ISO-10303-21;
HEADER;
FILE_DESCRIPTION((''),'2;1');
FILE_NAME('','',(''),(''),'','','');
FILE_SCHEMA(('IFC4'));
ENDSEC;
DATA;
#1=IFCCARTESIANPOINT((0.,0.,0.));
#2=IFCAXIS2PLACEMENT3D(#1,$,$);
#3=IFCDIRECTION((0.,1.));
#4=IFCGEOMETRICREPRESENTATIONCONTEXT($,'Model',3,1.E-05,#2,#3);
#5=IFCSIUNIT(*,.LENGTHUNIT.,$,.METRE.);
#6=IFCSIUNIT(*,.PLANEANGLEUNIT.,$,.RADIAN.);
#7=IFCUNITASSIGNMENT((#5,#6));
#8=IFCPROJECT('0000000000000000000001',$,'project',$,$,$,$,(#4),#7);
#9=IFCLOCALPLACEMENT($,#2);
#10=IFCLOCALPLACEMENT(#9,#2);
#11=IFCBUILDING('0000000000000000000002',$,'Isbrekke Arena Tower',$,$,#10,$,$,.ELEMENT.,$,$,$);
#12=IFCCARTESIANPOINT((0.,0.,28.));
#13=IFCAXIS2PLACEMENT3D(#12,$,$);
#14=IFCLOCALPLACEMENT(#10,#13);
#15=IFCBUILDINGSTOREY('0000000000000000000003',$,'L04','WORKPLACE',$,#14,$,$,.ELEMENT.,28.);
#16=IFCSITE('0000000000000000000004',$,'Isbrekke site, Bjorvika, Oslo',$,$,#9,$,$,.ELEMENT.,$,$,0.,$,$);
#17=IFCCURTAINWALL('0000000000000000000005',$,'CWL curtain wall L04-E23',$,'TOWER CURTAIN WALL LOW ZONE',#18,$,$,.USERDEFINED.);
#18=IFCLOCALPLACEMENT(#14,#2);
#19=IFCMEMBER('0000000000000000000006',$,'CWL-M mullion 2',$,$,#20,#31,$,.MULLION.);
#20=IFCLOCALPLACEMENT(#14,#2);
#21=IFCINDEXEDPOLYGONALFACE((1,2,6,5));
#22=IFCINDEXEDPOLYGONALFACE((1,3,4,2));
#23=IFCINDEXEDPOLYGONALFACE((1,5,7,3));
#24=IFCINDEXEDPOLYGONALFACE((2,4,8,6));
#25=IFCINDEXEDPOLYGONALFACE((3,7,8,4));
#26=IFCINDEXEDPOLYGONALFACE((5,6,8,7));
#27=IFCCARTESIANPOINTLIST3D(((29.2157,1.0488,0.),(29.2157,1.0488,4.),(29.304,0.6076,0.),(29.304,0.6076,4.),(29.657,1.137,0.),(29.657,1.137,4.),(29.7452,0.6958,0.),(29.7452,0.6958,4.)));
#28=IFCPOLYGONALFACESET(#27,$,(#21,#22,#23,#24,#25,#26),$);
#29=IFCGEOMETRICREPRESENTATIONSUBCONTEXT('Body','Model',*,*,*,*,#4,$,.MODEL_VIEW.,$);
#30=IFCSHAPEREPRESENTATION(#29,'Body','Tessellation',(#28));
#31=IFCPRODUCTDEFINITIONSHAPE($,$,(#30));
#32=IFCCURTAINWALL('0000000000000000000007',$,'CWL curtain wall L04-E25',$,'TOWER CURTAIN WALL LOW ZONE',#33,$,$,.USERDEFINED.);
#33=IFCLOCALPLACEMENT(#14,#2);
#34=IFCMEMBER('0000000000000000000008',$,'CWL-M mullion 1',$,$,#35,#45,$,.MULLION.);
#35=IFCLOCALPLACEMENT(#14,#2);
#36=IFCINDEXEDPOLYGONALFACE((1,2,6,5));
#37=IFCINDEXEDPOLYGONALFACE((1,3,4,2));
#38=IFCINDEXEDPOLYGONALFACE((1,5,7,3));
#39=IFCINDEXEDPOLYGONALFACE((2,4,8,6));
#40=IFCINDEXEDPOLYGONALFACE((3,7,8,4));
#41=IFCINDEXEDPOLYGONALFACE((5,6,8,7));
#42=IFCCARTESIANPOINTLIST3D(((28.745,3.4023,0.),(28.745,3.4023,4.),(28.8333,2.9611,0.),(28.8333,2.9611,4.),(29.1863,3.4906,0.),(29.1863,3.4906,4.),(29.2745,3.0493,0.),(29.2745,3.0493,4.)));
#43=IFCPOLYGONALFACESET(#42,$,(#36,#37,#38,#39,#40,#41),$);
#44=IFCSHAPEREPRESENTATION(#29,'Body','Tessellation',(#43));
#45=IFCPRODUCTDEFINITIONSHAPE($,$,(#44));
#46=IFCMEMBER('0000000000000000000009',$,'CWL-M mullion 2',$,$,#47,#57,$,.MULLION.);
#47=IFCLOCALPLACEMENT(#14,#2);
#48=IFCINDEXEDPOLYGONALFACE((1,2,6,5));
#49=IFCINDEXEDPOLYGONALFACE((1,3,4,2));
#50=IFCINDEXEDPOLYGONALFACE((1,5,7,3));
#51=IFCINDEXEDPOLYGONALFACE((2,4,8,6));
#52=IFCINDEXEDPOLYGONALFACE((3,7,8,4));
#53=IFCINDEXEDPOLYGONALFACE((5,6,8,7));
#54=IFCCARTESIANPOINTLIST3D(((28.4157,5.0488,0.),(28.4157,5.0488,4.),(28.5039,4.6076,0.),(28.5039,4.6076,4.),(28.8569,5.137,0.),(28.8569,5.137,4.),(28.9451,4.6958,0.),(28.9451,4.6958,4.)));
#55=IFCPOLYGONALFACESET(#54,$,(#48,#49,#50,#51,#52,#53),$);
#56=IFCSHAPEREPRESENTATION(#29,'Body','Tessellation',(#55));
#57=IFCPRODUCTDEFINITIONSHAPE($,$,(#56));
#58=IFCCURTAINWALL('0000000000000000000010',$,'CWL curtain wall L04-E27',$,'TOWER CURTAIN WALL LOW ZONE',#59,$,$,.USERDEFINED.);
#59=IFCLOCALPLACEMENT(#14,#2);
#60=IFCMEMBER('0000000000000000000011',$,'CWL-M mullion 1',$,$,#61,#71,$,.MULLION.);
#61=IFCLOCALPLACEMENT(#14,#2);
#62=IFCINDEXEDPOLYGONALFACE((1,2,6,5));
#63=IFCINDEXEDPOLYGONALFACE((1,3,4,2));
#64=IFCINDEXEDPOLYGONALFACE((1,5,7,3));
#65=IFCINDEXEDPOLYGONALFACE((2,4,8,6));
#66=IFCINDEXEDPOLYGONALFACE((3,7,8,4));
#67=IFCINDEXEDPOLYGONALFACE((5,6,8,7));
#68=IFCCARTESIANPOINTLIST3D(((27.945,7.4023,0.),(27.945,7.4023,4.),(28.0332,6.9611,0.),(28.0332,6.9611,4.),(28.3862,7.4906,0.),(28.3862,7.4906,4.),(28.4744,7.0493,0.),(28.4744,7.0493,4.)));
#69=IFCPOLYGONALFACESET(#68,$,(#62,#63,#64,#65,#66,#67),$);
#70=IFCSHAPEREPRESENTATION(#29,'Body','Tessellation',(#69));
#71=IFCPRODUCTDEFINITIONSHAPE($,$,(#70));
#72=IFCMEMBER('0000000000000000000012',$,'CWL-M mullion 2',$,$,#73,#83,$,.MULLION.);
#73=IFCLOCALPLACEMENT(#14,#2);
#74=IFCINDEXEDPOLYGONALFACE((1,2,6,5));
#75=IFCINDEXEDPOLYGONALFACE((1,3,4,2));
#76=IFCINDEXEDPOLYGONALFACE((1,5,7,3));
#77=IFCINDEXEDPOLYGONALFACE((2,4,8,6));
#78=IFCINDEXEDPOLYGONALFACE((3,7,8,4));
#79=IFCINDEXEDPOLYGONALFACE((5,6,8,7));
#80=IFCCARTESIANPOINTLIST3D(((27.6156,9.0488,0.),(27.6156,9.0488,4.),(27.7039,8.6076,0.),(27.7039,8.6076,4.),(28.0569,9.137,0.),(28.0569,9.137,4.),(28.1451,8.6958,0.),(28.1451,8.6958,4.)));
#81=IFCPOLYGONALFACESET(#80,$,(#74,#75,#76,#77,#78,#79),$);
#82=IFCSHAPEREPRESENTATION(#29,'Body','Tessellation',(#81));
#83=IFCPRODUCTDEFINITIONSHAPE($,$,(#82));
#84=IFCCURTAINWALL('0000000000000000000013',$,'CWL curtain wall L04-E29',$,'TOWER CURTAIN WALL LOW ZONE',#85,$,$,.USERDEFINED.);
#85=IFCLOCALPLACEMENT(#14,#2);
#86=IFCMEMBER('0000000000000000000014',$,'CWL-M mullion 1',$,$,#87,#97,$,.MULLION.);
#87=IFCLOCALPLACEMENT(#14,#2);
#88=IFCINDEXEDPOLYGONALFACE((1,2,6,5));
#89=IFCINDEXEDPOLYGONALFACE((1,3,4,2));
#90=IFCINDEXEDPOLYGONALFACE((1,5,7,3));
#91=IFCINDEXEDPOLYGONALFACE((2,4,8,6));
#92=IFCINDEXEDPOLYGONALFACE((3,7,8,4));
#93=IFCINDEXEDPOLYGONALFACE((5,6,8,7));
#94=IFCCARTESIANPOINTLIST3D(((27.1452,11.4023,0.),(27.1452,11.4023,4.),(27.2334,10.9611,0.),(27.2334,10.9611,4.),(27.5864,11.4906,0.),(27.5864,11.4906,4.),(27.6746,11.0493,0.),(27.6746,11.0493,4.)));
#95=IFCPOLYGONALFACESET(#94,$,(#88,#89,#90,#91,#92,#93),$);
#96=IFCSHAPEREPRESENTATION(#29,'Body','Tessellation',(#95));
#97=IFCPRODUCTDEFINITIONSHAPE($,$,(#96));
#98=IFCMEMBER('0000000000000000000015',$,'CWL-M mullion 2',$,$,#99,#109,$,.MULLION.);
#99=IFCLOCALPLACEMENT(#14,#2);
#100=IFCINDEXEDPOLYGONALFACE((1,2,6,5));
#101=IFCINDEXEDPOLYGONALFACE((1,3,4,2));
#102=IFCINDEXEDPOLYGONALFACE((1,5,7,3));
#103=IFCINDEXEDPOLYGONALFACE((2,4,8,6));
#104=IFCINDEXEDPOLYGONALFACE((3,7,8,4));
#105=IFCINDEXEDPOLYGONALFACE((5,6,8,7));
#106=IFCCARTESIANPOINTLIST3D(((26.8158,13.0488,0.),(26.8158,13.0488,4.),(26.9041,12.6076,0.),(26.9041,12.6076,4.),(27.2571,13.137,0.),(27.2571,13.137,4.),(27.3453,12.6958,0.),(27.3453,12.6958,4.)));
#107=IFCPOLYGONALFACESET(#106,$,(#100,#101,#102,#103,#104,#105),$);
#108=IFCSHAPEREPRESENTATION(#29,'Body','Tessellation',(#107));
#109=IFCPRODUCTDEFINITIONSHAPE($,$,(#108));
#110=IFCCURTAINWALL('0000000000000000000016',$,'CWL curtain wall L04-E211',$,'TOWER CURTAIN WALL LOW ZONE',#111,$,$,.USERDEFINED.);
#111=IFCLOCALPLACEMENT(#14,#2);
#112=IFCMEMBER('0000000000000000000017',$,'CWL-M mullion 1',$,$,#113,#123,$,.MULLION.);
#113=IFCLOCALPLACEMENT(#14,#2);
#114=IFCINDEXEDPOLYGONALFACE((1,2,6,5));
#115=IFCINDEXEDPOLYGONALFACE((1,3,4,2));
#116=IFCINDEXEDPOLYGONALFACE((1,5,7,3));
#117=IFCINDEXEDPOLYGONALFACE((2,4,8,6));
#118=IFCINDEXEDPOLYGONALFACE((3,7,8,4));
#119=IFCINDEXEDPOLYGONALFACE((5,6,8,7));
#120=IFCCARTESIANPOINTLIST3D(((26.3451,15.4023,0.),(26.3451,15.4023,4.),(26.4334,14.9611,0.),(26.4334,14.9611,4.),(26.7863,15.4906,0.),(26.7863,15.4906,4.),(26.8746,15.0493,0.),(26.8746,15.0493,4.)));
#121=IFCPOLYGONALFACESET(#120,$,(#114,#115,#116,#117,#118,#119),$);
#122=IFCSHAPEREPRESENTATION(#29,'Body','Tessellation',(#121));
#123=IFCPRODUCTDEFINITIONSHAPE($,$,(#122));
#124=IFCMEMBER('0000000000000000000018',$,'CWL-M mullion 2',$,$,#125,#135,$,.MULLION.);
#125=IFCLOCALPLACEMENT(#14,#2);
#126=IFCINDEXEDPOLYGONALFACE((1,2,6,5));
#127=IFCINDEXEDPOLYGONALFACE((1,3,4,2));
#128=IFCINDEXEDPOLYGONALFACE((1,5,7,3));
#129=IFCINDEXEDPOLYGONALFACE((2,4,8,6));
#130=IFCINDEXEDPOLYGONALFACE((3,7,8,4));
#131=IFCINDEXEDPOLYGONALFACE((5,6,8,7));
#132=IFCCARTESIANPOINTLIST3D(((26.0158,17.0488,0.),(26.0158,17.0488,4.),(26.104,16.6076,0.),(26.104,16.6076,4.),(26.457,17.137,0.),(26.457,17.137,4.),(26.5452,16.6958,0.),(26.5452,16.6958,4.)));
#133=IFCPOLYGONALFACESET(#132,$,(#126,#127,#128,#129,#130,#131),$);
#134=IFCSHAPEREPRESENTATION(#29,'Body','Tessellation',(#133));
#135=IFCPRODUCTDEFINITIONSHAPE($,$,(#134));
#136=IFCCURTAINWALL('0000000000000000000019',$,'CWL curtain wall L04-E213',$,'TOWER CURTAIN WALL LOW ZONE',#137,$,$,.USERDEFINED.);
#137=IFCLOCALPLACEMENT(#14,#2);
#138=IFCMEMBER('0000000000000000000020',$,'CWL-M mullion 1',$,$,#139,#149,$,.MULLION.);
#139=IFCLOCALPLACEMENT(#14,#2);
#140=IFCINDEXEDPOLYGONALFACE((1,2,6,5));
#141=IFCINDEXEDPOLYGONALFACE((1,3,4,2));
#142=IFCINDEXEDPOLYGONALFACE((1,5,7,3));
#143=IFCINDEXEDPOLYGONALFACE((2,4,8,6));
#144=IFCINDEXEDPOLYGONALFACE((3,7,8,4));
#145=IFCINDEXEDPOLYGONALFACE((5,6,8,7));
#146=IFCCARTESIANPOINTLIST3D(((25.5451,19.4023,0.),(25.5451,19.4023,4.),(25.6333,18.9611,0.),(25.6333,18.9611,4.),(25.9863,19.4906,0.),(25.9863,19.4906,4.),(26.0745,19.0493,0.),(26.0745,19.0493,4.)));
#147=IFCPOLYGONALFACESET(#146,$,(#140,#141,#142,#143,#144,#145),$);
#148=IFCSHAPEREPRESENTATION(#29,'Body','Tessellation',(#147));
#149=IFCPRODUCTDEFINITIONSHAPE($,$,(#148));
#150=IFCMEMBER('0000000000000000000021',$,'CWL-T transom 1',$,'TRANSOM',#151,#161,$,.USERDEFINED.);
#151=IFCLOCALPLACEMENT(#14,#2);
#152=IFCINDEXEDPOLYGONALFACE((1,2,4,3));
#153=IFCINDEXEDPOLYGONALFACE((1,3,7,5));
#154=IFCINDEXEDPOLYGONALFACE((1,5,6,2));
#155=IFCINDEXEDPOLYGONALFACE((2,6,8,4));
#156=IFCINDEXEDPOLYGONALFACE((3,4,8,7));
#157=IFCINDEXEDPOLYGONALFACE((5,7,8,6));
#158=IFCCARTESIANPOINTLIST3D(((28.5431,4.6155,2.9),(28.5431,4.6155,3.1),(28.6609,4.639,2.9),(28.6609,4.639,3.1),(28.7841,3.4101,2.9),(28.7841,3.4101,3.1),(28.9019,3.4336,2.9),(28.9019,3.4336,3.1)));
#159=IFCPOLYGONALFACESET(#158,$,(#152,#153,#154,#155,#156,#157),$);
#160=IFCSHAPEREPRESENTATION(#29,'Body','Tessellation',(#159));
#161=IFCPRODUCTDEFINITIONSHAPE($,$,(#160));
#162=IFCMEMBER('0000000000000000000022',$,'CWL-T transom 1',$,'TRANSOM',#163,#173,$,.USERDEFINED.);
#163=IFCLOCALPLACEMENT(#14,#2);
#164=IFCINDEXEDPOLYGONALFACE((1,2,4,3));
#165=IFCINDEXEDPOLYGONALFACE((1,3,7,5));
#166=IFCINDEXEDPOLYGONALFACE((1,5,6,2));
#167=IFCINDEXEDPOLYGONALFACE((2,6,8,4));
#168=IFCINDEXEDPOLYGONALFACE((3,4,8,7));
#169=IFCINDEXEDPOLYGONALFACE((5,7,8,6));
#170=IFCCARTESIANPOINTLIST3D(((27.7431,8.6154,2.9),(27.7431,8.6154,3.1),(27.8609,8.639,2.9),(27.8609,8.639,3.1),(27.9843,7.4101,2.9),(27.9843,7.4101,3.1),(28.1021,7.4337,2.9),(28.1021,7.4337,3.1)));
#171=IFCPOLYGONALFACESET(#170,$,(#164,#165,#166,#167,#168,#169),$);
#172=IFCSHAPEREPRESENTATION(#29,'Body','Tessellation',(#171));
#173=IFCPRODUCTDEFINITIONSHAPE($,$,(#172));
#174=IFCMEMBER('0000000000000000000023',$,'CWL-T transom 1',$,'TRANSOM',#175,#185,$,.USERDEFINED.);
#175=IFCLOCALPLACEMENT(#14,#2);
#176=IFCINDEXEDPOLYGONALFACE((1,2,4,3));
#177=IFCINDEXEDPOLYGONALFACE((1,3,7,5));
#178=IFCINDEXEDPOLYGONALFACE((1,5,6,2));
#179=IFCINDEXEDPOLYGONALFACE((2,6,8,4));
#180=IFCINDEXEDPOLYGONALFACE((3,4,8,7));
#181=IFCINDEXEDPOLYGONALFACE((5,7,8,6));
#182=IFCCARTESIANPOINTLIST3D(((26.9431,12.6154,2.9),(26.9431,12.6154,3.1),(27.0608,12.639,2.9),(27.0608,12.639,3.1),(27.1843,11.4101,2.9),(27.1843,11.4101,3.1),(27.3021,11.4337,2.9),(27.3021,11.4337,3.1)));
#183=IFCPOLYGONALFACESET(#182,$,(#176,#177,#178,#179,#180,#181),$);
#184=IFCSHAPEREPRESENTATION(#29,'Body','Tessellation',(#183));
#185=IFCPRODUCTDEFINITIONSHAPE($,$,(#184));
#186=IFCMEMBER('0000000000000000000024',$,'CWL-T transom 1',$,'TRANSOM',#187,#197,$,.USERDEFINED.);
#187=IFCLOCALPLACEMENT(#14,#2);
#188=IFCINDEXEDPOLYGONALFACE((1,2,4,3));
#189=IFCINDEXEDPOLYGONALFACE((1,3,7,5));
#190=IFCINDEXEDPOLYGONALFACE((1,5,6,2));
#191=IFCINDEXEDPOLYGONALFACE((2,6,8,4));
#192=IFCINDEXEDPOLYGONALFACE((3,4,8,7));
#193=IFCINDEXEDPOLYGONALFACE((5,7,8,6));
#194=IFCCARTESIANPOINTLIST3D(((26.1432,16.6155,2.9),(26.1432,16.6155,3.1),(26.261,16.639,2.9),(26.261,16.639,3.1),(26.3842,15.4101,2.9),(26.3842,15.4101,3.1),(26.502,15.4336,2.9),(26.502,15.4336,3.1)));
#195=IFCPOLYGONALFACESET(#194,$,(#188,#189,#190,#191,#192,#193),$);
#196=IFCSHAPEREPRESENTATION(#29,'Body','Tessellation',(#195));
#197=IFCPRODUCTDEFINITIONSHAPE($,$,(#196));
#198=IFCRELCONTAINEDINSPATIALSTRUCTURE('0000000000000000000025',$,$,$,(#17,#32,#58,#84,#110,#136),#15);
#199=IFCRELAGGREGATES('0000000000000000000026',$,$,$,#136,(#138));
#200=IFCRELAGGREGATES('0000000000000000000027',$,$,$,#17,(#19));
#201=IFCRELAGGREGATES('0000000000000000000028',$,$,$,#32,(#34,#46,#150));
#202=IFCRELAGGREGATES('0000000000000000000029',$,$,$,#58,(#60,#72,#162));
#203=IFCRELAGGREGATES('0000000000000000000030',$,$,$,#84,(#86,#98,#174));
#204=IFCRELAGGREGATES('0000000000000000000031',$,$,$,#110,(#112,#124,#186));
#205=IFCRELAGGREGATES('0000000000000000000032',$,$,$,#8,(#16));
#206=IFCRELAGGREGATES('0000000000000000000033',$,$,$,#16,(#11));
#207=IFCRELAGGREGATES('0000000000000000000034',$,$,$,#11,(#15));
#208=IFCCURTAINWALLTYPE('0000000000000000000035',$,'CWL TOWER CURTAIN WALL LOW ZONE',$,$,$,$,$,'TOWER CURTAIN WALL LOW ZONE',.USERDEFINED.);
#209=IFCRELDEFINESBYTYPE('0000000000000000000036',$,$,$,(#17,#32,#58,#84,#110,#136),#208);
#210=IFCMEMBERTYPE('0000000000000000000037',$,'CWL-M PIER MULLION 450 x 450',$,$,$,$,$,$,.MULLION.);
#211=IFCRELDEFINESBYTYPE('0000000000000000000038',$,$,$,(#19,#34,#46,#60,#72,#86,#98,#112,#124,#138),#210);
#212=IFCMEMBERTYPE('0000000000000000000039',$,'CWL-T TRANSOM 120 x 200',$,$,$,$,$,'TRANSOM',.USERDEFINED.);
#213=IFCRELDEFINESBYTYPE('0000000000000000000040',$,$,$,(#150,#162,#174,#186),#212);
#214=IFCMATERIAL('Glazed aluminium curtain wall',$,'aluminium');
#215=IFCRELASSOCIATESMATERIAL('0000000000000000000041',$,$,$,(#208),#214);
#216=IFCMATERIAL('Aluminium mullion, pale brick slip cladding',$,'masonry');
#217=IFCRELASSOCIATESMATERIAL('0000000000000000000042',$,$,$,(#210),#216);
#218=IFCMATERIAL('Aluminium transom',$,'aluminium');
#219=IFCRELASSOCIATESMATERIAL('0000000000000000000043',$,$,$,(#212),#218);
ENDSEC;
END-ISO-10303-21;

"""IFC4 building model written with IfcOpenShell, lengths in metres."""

from ifc_helpers import new_model, si_unit, direction, frame, origin, origin_2d, place, context, subcontext, project, spatial, rectangle, extrude, material, material_profile, profile_set, type_object, element, aggregate, save


model = new_model("IFC4")

# Units and contexts
model_context = context("Model", 3, precision=1e-05, world=origin(), true_north=direction((0.0, 1.0)))
body_context = subcontext(model_context, "Body", "Model", "MODEL_VIEW")
ifc_project = project(units=[si_unit("LENGTHUNIT", "METRE"), si_unit("PLANEANGLEUNIT", "RADIAN")], contexts=[model_context])

# Site, building, storey
site_placement = place(None, origin())
site = spatial("IfcSite", under=ifc_project, at=site_placement, Name="Isbrekke site, Bjorvika, Oslo", CompositionType="ELEMENT", RefElevation=0.0)
building_placement = place(site_placement, origin())
building = spatial("IfcBuilding", under=site, at=building_placement, Name="Isbrekke Arena Tower", CompositionType="ELEMENT")
storey_placement = place(building_placement, frame((0.0, 0.0, 28.0)))
storey = spatial("IfcBuildingStorey", under=building, at=storey_placement, Name="L04", Description="WORKPLACE", CompositionType="ELEMENT", Elevation=28.0)

# Curtain wall, member
ifc_material_1 = material(Name="Glazed aluminium curtain wall", Category="aluminium")
curtain_wall_type = type_object("IfcCurtainWallType", Name="CWL TOWER CURTAIN WALL LOW ZONE", ElementType="TOWER CURTAIN WALL LOW ZONE", PredefinedType="USERDEFINED", material=ifc_material_1)
curtain_wall_1_placement = place(storey_placement, origin())
curtain_wall_1 = element("IfcCurtainWall", 1, at=curtain_wall_1_placement, inside=storey, type_object=curtain_wall_type, Name="CWL curtain wall L04-E23", ObjectType="TOWER CURTAIN WALL LOW ZONE", PredefinedType="USERDEFINED")
ifc_material_2 = material(Name="Aluminium mullion, pale brick slip cladding", Category="masonry")
ifc_material_profile_1 = material_profile(ifc_material_2, rectangle(XDim=0.45, YDim=0.45, at=origin_2d()), Name="PIER 450X450")
ifc_profile_set_1 = profile_set([ifc_material_profile_1], Name="Aluminium mullion, pale brick slip cladding")
member_type_1 = type_object("IfcMemberType", Name="CWL-M PIER MULLION 450 x 450", PredefinedType="MULLION", material=ifc_profile_set_1)
member_1_placement = place(storey_placement, frame((29.4805, 0.8723, 0.0), z_axis=(0.0, 0.0, 1.0), x_axis=(-0.196116, 0.980581, 0.0)))
member_1 = element("IfcMember", 2, at=member_1_placement, type_object=member_type_1, Name="CWL-M mullion 2", PredefinedType="MULLION", context=body_context, shape_type="SweptSolid", body=[
    extrude(rectangle(XDim=0.45, YDim=0.45, at=origin_2d()), origin(), (0.0, 0.0, 1.0), 4.0),
])

# Curtain walls, members
curtain_wall_2_placement = place(storey_placement, origin())
curtain_wall_2 = element("IfcCurtainWall", 3, at=curtain_wall_2_placement, inside=storey, type_object=curtain_wall_type, Name="CWL curtain wall L04-E25", ObjectType="TOWER CURTAIN WALL LOW ZONE", PredefinedType="USERDEFINED")
member_2_placement = place(storey_placement, frame((29.0098, 3.2258, 0.0), z_axis=(0.0, 0.0, 1.0), x_axis=(-0.196116, 0.980581, 0.0)))
member_2 = element("IfcMember", 4, at=member_2_placement, type_object=member_type_1, Name="CWL-M mullion 1", PredefinedType="MULLION", context=body_context, shape_type="SweptSolid", body=[
    extrude(rectangle(XDim=0.45, YDim=0.45, at=origin_2d()), origin(), (0.0, 0.0, 1.0), 4.0),
])
member_3_placement = place(storey_placement, frame((28.6804, 4.8723, 0.0), z_axis=(0.0, 0.0, 1.0), x_axis=(-0.196116, 0.980581, 0.0)))
member_3 = element("IfcMember", 5, at=member_3_placement, type_object=member_type_1, Name="CWL-M mullion 2", PredefinedType="MULLION", context=body_context, shape_type="SweptSolid", body=[
    extrude(rectangle(XDim=0.45, YDim=0.45, at=origin_2d()), origin(), (0.0, 0.0, 1.0), 4.0),
])
curtain_wall_3_placement = place(storey_placement, origin())
curtain_wall_3 = element("IfcCurtainWall", 6, at=curtain_wall_3_placement, inside=storey, type_object=curtain_wall_type, Name="CWL curtain wall L04-E27", ObjectType="TOWER CURTAIN WALL LOW ZONE", PredefinedType="USERDEFINED")
member_4_placement = place(storey_placement, frame((28.2097, 7.2258, 0.0), z_axis=(0.0, 0.0, 1.0), x_axis=(-0.196116, 0.980581, 0.0)))
member_4 = element("IfcMember", 7, at=member_4_placement, type_object=member_type_1, Name="CWL-M mullion 1", PredefinedType="MULLION", context=body_context, shape_type="SweptSolid", body=[
    extrude(rectangle(XDim=0.45, YDim=0.45, at=origin_2d()), origin(), (0.0, 0.0, 1.0), 4.0),
])
member_5_placement = place(storey_placement, frame((27.8804, 8.8723, 0.0), z_axis=(0.0, 0.0, 1.0), x_axis=(-0.196116, 0.980581, 0.0)))
member_5 = element("IfcMember", 8, at=member_5_placement, type_object=member_type_1, Name="CWL-M mullion 2", PredefinedType="MULLION", context=body_context, shape_type="SweptSolid", body=[
    extrude(rectangle(XDim=0.45, YDim=0.45, at=origin_2d()), origin(), (0.0, 0.0, 1.0), 4.0),
])
curtain_wall_4_placement = place(storey_placement, origin())
curtain_wall_4 = element("IfcCurtainWall", 9, at=curtain_wall_4_placement, inside=storey, type_object=curtain_wall_type, Name="CWL curtain wall L04-E29", ObjectType="TOWER CURTAIN WALL LOW ZONE", PredefinedType="USERDEFINED")
member_6_placement = place(storey_placement, frame((27.4099, 11.2258, 0.0), z_axis=(0.0, 0.0, 1.0), x_axis=(-0.196116, 0.980581, 0.0)))
member_6 = element("IfcMember", 10, at=member_6_placement, type_object=member_type_1, Name="CWL-M mullion 1", PredefinedType="MULLION", context=body_context, shape_type="SweptSolid", body=[
    extrude(rectangle(XDim=0.45, YDim=0.45, at=origin_2d()), origin(), (0.0, 0.0, 1.0), 4.0),
])
member_7_placement = place(storey_placement, frame((27.0806, 12.8723, 0.0), z_axis=(0.0, 0.0, 1.0), x_axis=(-0.196116, 0.980581, 0.0)))
member_7 = element("IfcMember", 11, at=member_7_placement, type_object=member_type_1, Name="CWL-M mullion 2", PredefinedType="MULLION", context=body_context, shape_type="SweptSolid", body=[
    extrude(rectangle(XDim=0.45, YDim=0.45, at=origin_2d()), origin(), (0.0, 0.0, 1.0), 4.0),
])
curtain_wall_5_placement = place(storey_placement, origin())
curtain_wall_5 = element("IfcCurtainWall", 12, at=curtain_wall_5_placement, inside=storey, type_object=curtain_wall_type, Name="CWL curtain wall L04-E211", ObjectType="TOWER CURTAIN WALL LOW ZONE", PredefinedType="USERDEFINED")
member_8_placement = place(storey_placement, frame((26.6099, 15.2258, 0.0), z_axis=(0.0, 0.0, 1.0), x_axis=(-0.196116, 0.980581, 0.0)))
member_8 = element("IfcMember", 13, at=member_8_placement, type_object=member_type_1, Name="CWL-M mullion 1", PredefinedType="MULLION", context=body_context, shape_type="SweptSolid", body=[
    extrude(rectangle(XDim=0.45, YDim=0.45, at=origin_2d()), origin(), (0.0, 0.0, 1.0), 4.0),
])
member_9_placement = place(storey_placement, frame((26.2805, 16.8723, 0.0), z_axis=(0.0, 0.0, 1.0), x_axis=(-0.196116, 0.980581, 0.0)))
member_9 = element("IfcMember", 14, at=member_9_placement, type_object=member_type_1, Name="CWL-M mullion 2", PredefinedType="MULLION", context=body_context, shape_type="SweptSolid", body=[
    extrude(rectangle(XDim=0.45, YDim=0.45, at=origin_2d()), origin(), (0.0, 0.0, 1.0), 4.0),
])

# Curtain wall, member
curtain_wall_6_placement = place(storey_placement, origin())
curtain_wall_6 = element("IfcCurtainWall", 15, at=curtain_wall_6_placement, inside=storey, type_object=curtain_wall_type, Name="CWL curtain wall L04-E213", ObjectType="TOWER CURTAIN WALL LOW ZONE", PredefinedType="USERDEFINED")
member_10_placement = place(storey_placement, frame((25.8098, 19.2258, 0.0), z_axis=(0.0, 0.0, 1.0), x_axis=(-0.196116, 0.980581, 0.0)))
member_10 = element("IfcMember", 16, at=member_10_placement, type_object=member_type_1, Name="CWL-M mullion 1", PredefinedType="MULLION", context=body_context, shape_type="SweptSolid", body=[
    extrude(rectangle(XDim=0.45, YDim=0.45, at=origin_2d()), origin(), (0.0, 0.0, 1.0), 4.0),
])
aggregate(curtain_wall_6, [member_10])

# Members
ifc_material_3 = material(Name="Aluminium transom", Category="aluminium")
ifc_material_profile_2 = material_profile(ifc_material_3, rectangle(XDim=0.1201, YDim=0.2, at=origin_2d()), Name="TRANSOM 120X200")
ifc_profile_set_2 = profile_set([ifc_material_profile_2], Name="Aluminium transom")
member_type_2 = type_object("IfcMemberType", Name="CWL-T TRANSOM 120 x 200", ElementType="TRANSOM", PredefinedType="USERDEFINED", material=ifc_profile_set_2)
member_11_placement = place(storey_placement, frame((28.843, 3.4219, 3.0), z_axis=(-0.19604, 0.980596, 0.0), x_axis=(-0.980596, -0.19604, 0.0)))
member_11 = element("IfcMember", 17, at=member_11_placement, type_object=member_type_2, Name="CWL-T transom 1", ObjectType="TRANSOM", PredefinedType="USERDEFINED", context=body_context, shape_type="SweptSolid", body=[
    extrude(rectangle(XDim=0.1201, YDim=0.2, at=origin_2d()), origin(), (0.0, 0.0, 1.0), 1.2292),
])
member_12_placement = place(storey_placement, frame((28.0432, 7.4219, 3.0), z_axis=(-0.196231, 0.980558, 0.0), x_axis=(-0.980558, -0.196231, 0.0)))
member_12 = element("IfcMember", 18, at=member_12_placement, type_object=member_type_2, Name="CWL-T transom 1", ObjectType="TRANSOM", PredefinedType="USERDEFINED", context=body_context, shape_type="SweptSolid", body=[
    extrude(rectangle(XDim=0.1201, YDim=0.2, at=origin_2d()), origin(), (0.0, 0.0, 1.0), 1.2292),
])
member_13_placement = place(storey_placement, frame((27.2432, 11.4219, 3.0), z_axis=(-0.196231, 0.980558, 0.0), x_axis=(-0.980558, -0.196231, 0.0)))
member_13 = element("IfcMember", 19, at=member_13_placement, type_object=member_type_2, Name="CWL-T transom 1", ObjectType="TRANSOM", PredefinedType="USERDEFINED", context=body_context, shape_type="SweptSolid", body=[
    extrude(rectangle(XDim=0.1201, YDim=0.2, at=origin_2d()), origin(), (0.0, 0.0, 1.0), 1.2292),
])
member_14_placement = place(storey_placement, frame((26.4431, 15.4219, 3.0), z_axis=(-0.19604, 0.980596, 0.0), x_axis=(-0.980596, -0.19604, 0.0)))
member_14 = element("IfcMember", 20, at=member_14_placement, type_object=member_type_2, Name="CWL-T transom 1", ObjectType="TRANSOM", PredefinedType="USERDEFINED", context=body_context, shape_type="SweptSolid", body=[
    extrude(rectangle(XDim=0.1201, YDim=0.2, at=origin_2d()), origin(), (0.0, 0.0, 1.0), 1.2292),
])

aggregate(curtain_wall_1, [member_1])
aggregate(curtain_wall_2, [member_2, member_3, member_11])
aggregate(curtain_wall_3, [member_4, member_5, member_12])
aggregate(curtain_wall_4, [member_6, member_7, member_13])
aggregate(curtain_wall_5, [member_8, member_9, member_14])

save(model, "model.ifc")
